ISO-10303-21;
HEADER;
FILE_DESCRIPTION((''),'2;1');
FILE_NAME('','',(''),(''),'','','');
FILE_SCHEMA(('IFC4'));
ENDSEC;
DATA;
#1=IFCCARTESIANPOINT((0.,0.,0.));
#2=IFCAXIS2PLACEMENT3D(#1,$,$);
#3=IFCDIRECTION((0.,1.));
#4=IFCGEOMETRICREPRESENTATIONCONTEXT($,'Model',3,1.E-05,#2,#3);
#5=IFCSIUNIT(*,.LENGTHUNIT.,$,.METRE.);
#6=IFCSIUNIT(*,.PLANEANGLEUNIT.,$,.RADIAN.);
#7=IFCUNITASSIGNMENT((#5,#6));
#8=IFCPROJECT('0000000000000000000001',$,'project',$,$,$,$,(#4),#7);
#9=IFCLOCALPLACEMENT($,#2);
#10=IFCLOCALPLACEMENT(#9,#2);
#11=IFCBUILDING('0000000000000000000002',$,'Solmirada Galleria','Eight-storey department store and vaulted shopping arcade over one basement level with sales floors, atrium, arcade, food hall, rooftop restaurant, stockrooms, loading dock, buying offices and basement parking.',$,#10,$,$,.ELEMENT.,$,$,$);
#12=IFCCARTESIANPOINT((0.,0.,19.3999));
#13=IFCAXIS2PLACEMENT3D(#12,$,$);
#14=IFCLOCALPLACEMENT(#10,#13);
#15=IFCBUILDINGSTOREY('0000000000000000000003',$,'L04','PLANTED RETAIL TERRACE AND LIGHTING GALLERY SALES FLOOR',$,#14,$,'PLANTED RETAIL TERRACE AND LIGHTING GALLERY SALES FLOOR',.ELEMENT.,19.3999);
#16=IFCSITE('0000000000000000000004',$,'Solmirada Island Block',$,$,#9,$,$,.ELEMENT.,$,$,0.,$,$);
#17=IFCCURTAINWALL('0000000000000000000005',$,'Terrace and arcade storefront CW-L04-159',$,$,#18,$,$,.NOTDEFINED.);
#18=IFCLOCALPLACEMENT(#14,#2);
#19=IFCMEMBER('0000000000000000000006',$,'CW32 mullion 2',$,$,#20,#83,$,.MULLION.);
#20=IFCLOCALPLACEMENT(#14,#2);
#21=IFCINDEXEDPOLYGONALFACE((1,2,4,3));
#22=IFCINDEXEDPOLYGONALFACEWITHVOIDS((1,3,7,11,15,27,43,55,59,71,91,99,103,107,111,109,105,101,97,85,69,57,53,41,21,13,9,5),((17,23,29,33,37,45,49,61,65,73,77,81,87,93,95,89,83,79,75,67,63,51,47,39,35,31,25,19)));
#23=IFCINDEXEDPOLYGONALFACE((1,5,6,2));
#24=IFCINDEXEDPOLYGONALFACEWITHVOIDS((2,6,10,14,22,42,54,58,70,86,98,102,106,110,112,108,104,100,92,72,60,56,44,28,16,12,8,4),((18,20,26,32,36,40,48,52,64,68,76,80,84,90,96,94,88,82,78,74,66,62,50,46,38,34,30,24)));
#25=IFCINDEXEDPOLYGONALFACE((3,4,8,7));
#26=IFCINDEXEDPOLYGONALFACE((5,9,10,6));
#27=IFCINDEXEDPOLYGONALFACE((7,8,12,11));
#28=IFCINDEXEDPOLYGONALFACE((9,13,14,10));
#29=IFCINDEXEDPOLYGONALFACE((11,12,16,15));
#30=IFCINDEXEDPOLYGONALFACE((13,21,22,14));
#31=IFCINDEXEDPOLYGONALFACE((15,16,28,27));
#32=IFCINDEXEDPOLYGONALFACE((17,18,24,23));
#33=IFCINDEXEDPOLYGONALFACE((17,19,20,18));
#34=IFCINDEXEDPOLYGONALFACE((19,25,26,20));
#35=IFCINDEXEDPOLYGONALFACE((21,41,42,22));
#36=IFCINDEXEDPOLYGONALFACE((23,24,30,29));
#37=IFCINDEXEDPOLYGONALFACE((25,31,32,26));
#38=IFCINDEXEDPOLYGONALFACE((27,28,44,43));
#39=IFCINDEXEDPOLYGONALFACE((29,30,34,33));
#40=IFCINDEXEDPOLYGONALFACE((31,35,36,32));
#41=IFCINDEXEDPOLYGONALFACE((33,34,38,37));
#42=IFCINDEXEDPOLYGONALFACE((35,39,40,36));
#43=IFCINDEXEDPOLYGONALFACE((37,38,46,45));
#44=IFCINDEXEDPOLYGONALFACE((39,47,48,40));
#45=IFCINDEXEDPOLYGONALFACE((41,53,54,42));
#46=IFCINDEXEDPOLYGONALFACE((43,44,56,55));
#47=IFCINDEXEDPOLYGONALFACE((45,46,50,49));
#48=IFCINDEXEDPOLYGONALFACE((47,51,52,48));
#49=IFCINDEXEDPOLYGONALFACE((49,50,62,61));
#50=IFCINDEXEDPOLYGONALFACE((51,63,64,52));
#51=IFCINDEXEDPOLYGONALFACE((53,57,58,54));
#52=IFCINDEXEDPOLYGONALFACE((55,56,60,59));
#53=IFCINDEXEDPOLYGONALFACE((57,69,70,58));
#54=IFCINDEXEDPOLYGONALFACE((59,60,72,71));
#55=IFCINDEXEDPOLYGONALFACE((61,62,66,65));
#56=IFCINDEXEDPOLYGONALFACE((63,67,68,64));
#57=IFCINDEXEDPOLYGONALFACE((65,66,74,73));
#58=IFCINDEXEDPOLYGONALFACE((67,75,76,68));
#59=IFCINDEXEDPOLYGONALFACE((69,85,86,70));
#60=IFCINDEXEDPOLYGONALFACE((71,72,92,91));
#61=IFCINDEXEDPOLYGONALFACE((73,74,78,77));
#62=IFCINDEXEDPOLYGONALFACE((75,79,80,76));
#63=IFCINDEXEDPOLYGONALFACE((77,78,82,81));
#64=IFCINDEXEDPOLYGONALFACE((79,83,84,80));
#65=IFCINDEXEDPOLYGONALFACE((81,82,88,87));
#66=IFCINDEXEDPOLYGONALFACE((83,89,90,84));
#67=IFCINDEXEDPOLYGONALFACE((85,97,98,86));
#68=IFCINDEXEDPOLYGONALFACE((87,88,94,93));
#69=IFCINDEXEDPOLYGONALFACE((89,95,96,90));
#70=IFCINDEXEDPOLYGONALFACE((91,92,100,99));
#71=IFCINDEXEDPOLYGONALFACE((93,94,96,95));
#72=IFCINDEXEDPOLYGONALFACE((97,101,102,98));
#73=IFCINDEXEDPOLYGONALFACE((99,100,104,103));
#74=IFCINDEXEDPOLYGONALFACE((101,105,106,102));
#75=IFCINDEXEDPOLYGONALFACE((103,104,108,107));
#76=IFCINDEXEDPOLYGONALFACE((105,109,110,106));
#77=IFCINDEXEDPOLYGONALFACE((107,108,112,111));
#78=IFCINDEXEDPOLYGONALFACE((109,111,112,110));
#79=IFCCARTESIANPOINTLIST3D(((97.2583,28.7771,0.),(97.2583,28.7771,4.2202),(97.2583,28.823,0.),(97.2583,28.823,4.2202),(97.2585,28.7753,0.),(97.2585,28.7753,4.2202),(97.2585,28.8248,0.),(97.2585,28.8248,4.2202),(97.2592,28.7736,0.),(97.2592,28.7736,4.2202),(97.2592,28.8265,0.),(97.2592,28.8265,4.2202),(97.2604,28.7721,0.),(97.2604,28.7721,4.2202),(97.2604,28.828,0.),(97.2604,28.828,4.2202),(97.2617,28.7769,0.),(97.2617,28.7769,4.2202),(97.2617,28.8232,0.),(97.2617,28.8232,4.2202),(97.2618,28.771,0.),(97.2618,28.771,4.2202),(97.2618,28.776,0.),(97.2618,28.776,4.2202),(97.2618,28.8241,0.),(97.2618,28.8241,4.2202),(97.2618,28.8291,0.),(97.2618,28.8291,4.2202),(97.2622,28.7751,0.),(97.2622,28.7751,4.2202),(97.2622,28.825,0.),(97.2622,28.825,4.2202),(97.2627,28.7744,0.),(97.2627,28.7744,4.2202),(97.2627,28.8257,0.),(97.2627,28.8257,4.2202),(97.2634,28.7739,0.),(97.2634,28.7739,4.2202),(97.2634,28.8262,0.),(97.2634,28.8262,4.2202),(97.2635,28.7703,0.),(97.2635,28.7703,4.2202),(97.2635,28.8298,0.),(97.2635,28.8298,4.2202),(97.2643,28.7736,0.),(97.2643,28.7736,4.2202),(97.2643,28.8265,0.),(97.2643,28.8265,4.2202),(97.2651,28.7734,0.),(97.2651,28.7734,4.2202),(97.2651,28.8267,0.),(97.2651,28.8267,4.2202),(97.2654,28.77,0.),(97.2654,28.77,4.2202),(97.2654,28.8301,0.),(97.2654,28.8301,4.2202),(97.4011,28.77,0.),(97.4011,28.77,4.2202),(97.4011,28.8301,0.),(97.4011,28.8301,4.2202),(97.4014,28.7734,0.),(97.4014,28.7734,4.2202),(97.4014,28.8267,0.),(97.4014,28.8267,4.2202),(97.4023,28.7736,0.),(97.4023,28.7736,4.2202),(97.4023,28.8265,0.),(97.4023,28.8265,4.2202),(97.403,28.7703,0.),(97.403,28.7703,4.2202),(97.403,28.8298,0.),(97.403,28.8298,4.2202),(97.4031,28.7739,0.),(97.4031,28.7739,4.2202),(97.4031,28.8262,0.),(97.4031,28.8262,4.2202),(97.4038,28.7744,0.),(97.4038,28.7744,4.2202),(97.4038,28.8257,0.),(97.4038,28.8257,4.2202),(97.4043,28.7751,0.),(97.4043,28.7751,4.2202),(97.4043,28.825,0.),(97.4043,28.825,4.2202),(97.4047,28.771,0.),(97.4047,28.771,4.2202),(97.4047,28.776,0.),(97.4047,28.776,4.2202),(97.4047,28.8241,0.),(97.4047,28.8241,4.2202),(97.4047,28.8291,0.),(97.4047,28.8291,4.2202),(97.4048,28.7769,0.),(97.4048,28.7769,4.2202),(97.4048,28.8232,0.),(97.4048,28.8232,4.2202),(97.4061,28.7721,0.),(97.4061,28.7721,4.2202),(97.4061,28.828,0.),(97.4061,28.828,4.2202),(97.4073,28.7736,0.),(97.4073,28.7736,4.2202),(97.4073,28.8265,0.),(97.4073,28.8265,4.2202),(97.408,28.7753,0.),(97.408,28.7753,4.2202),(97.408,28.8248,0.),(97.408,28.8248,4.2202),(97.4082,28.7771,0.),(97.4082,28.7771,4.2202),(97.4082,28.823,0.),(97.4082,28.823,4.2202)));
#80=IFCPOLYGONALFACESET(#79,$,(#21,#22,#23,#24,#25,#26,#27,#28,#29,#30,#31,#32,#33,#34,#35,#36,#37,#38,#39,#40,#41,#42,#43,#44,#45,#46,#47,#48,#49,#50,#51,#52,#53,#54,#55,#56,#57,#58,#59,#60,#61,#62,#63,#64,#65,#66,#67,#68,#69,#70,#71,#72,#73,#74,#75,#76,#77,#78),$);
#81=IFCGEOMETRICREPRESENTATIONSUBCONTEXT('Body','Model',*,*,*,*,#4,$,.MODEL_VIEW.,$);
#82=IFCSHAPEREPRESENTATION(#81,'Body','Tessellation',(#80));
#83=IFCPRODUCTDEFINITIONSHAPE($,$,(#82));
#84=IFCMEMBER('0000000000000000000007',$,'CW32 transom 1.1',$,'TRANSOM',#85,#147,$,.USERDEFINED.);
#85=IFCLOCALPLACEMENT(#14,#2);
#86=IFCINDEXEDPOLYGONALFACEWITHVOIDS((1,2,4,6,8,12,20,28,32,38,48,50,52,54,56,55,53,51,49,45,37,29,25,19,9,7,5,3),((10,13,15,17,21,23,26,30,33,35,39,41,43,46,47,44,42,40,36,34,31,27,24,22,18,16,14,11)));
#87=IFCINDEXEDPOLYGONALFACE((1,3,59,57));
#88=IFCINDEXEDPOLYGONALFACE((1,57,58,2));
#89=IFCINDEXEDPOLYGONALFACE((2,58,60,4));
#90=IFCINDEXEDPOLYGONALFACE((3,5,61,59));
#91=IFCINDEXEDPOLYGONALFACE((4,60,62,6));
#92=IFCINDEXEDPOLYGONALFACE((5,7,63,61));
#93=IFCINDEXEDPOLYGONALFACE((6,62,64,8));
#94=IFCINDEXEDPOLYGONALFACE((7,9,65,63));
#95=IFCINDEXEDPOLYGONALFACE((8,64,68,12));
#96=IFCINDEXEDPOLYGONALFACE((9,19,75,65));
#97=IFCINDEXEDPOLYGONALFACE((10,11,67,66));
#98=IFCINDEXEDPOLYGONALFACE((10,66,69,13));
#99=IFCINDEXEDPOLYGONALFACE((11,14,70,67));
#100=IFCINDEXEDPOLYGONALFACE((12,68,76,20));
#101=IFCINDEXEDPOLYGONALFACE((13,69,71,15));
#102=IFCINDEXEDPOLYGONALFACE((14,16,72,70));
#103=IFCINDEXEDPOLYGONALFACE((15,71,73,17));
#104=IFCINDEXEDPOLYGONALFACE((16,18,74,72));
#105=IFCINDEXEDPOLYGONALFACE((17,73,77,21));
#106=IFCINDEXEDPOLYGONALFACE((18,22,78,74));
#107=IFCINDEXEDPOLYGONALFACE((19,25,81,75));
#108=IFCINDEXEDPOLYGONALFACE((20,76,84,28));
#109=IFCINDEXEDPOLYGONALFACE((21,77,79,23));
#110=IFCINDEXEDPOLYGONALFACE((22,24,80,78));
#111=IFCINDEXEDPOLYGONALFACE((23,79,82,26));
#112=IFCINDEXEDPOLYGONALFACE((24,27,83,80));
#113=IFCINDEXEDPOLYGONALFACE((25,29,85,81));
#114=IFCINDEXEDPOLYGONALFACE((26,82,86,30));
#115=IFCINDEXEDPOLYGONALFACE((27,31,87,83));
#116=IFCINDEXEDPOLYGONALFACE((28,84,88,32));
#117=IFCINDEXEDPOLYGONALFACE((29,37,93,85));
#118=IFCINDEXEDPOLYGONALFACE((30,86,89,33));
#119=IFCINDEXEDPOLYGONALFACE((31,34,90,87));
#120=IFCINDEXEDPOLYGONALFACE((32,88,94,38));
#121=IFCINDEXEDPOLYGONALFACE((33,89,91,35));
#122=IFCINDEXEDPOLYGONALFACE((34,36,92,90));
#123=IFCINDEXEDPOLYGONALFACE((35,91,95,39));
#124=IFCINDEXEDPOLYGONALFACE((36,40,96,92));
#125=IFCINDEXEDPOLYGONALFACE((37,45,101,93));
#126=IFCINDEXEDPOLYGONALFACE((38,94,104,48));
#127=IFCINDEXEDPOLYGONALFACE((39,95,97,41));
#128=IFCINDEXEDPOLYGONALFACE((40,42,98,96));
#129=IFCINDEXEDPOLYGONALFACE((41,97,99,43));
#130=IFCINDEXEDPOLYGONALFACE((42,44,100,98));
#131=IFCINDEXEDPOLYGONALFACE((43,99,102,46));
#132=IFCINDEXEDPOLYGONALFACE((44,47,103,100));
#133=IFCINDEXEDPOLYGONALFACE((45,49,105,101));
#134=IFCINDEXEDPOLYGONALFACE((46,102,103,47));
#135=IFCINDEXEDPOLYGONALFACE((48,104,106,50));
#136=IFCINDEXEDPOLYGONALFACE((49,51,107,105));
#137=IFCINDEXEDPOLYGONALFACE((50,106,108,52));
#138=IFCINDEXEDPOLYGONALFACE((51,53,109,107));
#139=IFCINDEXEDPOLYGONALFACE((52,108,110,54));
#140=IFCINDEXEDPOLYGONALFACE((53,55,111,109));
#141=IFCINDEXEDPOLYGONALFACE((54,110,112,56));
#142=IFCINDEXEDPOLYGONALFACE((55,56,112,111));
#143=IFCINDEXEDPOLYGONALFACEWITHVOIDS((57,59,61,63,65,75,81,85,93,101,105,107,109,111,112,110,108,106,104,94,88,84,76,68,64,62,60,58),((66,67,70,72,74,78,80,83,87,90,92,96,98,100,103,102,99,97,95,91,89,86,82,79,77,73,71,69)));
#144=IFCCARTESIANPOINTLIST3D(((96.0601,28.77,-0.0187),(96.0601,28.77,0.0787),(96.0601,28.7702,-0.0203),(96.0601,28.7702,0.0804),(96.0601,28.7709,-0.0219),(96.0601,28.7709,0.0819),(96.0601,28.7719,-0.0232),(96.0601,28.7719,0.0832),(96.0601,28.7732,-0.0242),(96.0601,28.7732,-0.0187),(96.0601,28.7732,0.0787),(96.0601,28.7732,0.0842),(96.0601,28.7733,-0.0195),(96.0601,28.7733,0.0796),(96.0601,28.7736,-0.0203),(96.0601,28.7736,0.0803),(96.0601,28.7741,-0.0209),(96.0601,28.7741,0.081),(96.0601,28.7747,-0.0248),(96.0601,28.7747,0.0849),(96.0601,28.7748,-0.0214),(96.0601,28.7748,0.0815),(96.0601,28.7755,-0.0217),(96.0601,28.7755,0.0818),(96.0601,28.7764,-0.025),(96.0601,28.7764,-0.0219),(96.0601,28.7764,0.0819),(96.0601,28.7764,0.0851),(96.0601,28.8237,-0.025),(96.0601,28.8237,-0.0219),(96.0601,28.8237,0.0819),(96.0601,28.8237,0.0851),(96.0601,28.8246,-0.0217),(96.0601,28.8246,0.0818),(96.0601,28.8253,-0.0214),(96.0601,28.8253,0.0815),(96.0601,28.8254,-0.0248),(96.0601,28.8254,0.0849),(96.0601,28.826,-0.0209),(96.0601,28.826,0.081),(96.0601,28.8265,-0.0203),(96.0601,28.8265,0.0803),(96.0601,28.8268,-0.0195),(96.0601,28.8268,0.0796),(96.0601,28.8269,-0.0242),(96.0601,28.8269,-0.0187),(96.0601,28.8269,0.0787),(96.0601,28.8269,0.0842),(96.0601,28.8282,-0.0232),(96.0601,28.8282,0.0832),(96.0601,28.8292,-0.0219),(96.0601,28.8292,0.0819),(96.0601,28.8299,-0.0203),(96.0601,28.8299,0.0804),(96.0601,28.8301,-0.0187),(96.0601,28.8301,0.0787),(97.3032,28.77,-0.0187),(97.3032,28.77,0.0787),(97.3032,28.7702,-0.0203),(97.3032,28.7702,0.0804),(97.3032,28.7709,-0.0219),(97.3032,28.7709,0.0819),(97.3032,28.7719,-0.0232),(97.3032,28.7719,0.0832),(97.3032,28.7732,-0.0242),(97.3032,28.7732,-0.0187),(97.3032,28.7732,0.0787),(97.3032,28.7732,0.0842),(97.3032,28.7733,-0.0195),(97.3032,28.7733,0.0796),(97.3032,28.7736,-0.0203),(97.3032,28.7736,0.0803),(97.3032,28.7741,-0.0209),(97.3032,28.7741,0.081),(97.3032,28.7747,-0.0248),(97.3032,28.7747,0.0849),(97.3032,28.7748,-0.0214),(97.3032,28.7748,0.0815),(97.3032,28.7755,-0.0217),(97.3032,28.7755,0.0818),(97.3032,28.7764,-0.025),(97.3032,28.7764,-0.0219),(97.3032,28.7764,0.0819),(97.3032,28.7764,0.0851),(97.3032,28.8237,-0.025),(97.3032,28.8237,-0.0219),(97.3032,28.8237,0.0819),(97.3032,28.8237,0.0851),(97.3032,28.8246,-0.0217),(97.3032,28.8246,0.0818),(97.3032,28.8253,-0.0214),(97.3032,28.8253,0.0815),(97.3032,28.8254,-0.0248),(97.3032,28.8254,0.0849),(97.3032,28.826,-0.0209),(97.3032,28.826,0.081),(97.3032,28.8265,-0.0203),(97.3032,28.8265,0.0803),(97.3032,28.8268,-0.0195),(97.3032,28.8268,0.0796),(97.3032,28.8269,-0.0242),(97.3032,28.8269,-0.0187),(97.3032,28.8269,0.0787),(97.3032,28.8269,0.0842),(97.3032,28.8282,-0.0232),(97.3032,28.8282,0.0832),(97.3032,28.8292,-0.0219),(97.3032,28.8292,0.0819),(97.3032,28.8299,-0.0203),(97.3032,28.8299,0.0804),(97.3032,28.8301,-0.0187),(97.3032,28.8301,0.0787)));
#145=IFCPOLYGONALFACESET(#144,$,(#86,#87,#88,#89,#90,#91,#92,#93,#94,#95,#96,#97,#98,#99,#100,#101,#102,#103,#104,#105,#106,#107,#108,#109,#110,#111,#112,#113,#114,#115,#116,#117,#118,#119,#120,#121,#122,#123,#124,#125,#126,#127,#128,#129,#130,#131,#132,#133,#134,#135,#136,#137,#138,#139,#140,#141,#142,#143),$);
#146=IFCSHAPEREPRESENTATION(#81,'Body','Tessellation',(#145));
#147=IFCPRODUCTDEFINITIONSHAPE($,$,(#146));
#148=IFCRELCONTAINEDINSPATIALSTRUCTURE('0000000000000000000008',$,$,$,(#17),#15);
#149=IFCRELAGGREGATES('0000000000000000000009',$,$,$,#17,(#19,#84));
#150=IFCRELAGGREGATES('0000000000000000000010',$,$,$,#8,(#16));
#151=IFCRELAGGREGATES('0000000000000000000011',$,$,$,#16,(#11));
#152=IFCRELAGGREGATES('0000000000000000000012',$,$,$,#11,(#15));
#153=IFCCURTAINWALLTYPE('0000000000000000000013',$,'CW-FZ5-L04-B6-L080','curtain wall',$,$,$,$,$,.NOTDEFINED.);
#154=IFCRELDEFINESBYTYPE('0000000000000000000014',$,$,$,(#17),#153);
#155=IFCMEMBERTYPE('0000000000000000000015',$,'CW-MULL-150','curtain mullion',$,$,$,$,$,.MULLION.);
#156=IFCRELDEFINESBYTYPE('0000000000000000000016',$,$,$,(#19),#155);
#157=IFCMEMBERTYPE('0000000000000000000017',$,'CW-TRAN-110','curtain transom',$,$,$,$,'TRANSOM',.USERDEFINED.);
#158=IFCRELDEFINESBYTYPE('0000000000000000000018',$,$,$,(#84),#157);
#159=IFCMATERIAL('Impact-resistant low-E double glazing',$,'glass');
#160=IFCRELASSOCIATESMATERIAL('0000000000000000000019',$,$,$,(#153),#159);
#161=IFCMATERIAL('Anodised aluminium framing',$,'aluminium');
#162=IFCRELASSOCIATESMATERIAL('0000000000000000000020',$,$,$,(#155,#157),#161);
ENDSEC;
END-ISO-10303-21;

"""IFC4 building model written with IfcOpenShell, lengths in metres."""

from ifc_helpers import new_model, si_unit, direction, frame, origin, origin_2d, place, context, subcontext, project, spatial, hollow_rectangle, extrude, material, material_profile, profile_set, type_object, element, aggregate, save


model = new_model("IFC4")

# Units and contexts
model_context = context("Model", 3, precision=1e-05, world=origin(), true_north=direction((0.0, 1.0)))
body_context = subcontext(model_context, "Body", "Model", "MODEL_VIEW")
ifc_project = project(units=[si_unit("LENGTHUNIT", "METRE"), si_unit("PLANEANGLEUNIT", "RADIAN")], contexts=[model_context])

# Site, building, storey
site_placement = place(None, origin())
site = spatial("IfcSite", under=ifc_project, at=site_placement, Name="Solmirada Island Block", CompositionType="ELEMENT", RefElevation=0.0)
building_placement = place(site_placement, origin())
building = spatial("IfcBuilding", under=site, at=building_placement, Name="Solmirada Galleria", Description="Eight-storey department store and vaulted shopping arcade over one basement level with sales floors, atrium, arcade, food hall, rooftop restaurant, stockrooms, loading dock, buying offices and basement parking.", CompositionType="ELEMENT")
storey_placement = place(building_placement, frame((0.0, 0.0, 19.3999)))
storey = spatial("IfcBuildingStorey", under=building, at=storey_placement, Name="L04", Description="PLANTED RETAIL TERRACE AND LIGHTING GALLERY SALES FLOOR", LongName="PLANTED RETAIL TERRACE AND LIGHTING GALLERY SALES FLOOR", CompositionType="ELEMENT", Elevation=19.3999)

# Curtain wall, members
ifc_material_1 = material(Name="Impact-resistant low-E double glazing", Category="glass")
curtain_wall_type = type_object("IfcCurtainWallType", Name="CW-FZ5-L04-B6-L080", Description="curtain wall", PredefinedType="NOTDEFINED", material=ifc_material_1)
curtain_wall_placement = place(storey_placement, origin())
curtain_wall = element("IfcCurtainWall", 1, at=curtain_wall_placement, inside=storey, type_object=curtain_wall_type, Name="Terrace and arcade storefront CW-L04-159", PredefinedType="NOTDEFINED")
ifc_material_2 = material(Name="Anodised aluminium framing", Category="aluminium")
ifc_material_profile_1 = material_profile(ifc_material_2, hollow_rectangle(XDim=0.0601, YDim=0.1499, WallThickness=0.0034, InnerFilletRadius=0.0034, OuterFilletRadius=0.0071, at=origin_2d()), Name="ALU-MULL-150X60")
ifc_profile_set_1 = profile_set([ifc_material_profile_1], Name="Anodised aluminium framing")
member_type_1 = type_object("IfcMemberType", Name="CW-MULL-150", Description="curtain mullion", PredefinedType="MULLION", material=ifc_profile_set_1)
member_1_placement = place(storey_placement, frame((97.3333, 28.8, 0.0), z_axis=(0.0, 0.0, 1.0), x_axis=(0.0, 1.0, 0.0)))
member_1 = element("IfcMember", 2, at=member_1_placement, type_object=member_type_1, Name="CW32 mullion 2", PredefinedType="MULLION", context=body_context, shape_type="SweptSolid", body=[
    extrude(hollow_rectangle(XDim=0.0601, YDim=0.1499, WallThickness=0.0034, InnerFilletRadius=0.0034, OuterFilletRadius=0.0071, at=origin_2d()), origin(), (0.0, 0.0, 1.0), 4.2202),
])
ifc_material_profile_2 = material_profile(ifc_material_2, hollow_rectangle(XDim=0.0601, YDim=0.1101, WallThickness=0.0032, InnerFilletRadius=0.0032, OuterFilletRadius=0.0063, at=origin_2d()), Name="ALU-TRAN-110X60")
ifc_profile_set_2 = profile_set([ifc_material_profile_2], Name="Anodised aluminium framing")
member_type_2 = type_object("IfcMemberType", Name="CW-TRAN-110", Description="curtain transom", ElementType="TRANSOM", PredefinedType="USERDEFINED", material=ifc_profile_set_2)
member_2_placement = place(storey_placement, frame((96.0601, 28.8, 0.03), z_axis=(1.0, 0.0, 0.0), x_axis=(0.0, 1.0, 0.0)))
member_2 = element("IfcMember", 3, at=member_2_placement, type_object=member_type_2, Name="CW32 transom 1.1", ObjectType="TRANSOM", PredefinedType="USERDEFINED", context=body_context, shape_type="SweptSolid", body=[
    extrude(hollow_rectangle(XDim=0.0601, YDim=0.1101, WallThickness=0.0032, InnerFilletRadius=0.0032, OuterFilletRadius=0.0063, at=origin_2d()), origin(), (0.0, 0.0, 1.0), 1.2432),
])
aggregate(curtain_wall, [member_1, member_2])

save(model, "model.ifc")
